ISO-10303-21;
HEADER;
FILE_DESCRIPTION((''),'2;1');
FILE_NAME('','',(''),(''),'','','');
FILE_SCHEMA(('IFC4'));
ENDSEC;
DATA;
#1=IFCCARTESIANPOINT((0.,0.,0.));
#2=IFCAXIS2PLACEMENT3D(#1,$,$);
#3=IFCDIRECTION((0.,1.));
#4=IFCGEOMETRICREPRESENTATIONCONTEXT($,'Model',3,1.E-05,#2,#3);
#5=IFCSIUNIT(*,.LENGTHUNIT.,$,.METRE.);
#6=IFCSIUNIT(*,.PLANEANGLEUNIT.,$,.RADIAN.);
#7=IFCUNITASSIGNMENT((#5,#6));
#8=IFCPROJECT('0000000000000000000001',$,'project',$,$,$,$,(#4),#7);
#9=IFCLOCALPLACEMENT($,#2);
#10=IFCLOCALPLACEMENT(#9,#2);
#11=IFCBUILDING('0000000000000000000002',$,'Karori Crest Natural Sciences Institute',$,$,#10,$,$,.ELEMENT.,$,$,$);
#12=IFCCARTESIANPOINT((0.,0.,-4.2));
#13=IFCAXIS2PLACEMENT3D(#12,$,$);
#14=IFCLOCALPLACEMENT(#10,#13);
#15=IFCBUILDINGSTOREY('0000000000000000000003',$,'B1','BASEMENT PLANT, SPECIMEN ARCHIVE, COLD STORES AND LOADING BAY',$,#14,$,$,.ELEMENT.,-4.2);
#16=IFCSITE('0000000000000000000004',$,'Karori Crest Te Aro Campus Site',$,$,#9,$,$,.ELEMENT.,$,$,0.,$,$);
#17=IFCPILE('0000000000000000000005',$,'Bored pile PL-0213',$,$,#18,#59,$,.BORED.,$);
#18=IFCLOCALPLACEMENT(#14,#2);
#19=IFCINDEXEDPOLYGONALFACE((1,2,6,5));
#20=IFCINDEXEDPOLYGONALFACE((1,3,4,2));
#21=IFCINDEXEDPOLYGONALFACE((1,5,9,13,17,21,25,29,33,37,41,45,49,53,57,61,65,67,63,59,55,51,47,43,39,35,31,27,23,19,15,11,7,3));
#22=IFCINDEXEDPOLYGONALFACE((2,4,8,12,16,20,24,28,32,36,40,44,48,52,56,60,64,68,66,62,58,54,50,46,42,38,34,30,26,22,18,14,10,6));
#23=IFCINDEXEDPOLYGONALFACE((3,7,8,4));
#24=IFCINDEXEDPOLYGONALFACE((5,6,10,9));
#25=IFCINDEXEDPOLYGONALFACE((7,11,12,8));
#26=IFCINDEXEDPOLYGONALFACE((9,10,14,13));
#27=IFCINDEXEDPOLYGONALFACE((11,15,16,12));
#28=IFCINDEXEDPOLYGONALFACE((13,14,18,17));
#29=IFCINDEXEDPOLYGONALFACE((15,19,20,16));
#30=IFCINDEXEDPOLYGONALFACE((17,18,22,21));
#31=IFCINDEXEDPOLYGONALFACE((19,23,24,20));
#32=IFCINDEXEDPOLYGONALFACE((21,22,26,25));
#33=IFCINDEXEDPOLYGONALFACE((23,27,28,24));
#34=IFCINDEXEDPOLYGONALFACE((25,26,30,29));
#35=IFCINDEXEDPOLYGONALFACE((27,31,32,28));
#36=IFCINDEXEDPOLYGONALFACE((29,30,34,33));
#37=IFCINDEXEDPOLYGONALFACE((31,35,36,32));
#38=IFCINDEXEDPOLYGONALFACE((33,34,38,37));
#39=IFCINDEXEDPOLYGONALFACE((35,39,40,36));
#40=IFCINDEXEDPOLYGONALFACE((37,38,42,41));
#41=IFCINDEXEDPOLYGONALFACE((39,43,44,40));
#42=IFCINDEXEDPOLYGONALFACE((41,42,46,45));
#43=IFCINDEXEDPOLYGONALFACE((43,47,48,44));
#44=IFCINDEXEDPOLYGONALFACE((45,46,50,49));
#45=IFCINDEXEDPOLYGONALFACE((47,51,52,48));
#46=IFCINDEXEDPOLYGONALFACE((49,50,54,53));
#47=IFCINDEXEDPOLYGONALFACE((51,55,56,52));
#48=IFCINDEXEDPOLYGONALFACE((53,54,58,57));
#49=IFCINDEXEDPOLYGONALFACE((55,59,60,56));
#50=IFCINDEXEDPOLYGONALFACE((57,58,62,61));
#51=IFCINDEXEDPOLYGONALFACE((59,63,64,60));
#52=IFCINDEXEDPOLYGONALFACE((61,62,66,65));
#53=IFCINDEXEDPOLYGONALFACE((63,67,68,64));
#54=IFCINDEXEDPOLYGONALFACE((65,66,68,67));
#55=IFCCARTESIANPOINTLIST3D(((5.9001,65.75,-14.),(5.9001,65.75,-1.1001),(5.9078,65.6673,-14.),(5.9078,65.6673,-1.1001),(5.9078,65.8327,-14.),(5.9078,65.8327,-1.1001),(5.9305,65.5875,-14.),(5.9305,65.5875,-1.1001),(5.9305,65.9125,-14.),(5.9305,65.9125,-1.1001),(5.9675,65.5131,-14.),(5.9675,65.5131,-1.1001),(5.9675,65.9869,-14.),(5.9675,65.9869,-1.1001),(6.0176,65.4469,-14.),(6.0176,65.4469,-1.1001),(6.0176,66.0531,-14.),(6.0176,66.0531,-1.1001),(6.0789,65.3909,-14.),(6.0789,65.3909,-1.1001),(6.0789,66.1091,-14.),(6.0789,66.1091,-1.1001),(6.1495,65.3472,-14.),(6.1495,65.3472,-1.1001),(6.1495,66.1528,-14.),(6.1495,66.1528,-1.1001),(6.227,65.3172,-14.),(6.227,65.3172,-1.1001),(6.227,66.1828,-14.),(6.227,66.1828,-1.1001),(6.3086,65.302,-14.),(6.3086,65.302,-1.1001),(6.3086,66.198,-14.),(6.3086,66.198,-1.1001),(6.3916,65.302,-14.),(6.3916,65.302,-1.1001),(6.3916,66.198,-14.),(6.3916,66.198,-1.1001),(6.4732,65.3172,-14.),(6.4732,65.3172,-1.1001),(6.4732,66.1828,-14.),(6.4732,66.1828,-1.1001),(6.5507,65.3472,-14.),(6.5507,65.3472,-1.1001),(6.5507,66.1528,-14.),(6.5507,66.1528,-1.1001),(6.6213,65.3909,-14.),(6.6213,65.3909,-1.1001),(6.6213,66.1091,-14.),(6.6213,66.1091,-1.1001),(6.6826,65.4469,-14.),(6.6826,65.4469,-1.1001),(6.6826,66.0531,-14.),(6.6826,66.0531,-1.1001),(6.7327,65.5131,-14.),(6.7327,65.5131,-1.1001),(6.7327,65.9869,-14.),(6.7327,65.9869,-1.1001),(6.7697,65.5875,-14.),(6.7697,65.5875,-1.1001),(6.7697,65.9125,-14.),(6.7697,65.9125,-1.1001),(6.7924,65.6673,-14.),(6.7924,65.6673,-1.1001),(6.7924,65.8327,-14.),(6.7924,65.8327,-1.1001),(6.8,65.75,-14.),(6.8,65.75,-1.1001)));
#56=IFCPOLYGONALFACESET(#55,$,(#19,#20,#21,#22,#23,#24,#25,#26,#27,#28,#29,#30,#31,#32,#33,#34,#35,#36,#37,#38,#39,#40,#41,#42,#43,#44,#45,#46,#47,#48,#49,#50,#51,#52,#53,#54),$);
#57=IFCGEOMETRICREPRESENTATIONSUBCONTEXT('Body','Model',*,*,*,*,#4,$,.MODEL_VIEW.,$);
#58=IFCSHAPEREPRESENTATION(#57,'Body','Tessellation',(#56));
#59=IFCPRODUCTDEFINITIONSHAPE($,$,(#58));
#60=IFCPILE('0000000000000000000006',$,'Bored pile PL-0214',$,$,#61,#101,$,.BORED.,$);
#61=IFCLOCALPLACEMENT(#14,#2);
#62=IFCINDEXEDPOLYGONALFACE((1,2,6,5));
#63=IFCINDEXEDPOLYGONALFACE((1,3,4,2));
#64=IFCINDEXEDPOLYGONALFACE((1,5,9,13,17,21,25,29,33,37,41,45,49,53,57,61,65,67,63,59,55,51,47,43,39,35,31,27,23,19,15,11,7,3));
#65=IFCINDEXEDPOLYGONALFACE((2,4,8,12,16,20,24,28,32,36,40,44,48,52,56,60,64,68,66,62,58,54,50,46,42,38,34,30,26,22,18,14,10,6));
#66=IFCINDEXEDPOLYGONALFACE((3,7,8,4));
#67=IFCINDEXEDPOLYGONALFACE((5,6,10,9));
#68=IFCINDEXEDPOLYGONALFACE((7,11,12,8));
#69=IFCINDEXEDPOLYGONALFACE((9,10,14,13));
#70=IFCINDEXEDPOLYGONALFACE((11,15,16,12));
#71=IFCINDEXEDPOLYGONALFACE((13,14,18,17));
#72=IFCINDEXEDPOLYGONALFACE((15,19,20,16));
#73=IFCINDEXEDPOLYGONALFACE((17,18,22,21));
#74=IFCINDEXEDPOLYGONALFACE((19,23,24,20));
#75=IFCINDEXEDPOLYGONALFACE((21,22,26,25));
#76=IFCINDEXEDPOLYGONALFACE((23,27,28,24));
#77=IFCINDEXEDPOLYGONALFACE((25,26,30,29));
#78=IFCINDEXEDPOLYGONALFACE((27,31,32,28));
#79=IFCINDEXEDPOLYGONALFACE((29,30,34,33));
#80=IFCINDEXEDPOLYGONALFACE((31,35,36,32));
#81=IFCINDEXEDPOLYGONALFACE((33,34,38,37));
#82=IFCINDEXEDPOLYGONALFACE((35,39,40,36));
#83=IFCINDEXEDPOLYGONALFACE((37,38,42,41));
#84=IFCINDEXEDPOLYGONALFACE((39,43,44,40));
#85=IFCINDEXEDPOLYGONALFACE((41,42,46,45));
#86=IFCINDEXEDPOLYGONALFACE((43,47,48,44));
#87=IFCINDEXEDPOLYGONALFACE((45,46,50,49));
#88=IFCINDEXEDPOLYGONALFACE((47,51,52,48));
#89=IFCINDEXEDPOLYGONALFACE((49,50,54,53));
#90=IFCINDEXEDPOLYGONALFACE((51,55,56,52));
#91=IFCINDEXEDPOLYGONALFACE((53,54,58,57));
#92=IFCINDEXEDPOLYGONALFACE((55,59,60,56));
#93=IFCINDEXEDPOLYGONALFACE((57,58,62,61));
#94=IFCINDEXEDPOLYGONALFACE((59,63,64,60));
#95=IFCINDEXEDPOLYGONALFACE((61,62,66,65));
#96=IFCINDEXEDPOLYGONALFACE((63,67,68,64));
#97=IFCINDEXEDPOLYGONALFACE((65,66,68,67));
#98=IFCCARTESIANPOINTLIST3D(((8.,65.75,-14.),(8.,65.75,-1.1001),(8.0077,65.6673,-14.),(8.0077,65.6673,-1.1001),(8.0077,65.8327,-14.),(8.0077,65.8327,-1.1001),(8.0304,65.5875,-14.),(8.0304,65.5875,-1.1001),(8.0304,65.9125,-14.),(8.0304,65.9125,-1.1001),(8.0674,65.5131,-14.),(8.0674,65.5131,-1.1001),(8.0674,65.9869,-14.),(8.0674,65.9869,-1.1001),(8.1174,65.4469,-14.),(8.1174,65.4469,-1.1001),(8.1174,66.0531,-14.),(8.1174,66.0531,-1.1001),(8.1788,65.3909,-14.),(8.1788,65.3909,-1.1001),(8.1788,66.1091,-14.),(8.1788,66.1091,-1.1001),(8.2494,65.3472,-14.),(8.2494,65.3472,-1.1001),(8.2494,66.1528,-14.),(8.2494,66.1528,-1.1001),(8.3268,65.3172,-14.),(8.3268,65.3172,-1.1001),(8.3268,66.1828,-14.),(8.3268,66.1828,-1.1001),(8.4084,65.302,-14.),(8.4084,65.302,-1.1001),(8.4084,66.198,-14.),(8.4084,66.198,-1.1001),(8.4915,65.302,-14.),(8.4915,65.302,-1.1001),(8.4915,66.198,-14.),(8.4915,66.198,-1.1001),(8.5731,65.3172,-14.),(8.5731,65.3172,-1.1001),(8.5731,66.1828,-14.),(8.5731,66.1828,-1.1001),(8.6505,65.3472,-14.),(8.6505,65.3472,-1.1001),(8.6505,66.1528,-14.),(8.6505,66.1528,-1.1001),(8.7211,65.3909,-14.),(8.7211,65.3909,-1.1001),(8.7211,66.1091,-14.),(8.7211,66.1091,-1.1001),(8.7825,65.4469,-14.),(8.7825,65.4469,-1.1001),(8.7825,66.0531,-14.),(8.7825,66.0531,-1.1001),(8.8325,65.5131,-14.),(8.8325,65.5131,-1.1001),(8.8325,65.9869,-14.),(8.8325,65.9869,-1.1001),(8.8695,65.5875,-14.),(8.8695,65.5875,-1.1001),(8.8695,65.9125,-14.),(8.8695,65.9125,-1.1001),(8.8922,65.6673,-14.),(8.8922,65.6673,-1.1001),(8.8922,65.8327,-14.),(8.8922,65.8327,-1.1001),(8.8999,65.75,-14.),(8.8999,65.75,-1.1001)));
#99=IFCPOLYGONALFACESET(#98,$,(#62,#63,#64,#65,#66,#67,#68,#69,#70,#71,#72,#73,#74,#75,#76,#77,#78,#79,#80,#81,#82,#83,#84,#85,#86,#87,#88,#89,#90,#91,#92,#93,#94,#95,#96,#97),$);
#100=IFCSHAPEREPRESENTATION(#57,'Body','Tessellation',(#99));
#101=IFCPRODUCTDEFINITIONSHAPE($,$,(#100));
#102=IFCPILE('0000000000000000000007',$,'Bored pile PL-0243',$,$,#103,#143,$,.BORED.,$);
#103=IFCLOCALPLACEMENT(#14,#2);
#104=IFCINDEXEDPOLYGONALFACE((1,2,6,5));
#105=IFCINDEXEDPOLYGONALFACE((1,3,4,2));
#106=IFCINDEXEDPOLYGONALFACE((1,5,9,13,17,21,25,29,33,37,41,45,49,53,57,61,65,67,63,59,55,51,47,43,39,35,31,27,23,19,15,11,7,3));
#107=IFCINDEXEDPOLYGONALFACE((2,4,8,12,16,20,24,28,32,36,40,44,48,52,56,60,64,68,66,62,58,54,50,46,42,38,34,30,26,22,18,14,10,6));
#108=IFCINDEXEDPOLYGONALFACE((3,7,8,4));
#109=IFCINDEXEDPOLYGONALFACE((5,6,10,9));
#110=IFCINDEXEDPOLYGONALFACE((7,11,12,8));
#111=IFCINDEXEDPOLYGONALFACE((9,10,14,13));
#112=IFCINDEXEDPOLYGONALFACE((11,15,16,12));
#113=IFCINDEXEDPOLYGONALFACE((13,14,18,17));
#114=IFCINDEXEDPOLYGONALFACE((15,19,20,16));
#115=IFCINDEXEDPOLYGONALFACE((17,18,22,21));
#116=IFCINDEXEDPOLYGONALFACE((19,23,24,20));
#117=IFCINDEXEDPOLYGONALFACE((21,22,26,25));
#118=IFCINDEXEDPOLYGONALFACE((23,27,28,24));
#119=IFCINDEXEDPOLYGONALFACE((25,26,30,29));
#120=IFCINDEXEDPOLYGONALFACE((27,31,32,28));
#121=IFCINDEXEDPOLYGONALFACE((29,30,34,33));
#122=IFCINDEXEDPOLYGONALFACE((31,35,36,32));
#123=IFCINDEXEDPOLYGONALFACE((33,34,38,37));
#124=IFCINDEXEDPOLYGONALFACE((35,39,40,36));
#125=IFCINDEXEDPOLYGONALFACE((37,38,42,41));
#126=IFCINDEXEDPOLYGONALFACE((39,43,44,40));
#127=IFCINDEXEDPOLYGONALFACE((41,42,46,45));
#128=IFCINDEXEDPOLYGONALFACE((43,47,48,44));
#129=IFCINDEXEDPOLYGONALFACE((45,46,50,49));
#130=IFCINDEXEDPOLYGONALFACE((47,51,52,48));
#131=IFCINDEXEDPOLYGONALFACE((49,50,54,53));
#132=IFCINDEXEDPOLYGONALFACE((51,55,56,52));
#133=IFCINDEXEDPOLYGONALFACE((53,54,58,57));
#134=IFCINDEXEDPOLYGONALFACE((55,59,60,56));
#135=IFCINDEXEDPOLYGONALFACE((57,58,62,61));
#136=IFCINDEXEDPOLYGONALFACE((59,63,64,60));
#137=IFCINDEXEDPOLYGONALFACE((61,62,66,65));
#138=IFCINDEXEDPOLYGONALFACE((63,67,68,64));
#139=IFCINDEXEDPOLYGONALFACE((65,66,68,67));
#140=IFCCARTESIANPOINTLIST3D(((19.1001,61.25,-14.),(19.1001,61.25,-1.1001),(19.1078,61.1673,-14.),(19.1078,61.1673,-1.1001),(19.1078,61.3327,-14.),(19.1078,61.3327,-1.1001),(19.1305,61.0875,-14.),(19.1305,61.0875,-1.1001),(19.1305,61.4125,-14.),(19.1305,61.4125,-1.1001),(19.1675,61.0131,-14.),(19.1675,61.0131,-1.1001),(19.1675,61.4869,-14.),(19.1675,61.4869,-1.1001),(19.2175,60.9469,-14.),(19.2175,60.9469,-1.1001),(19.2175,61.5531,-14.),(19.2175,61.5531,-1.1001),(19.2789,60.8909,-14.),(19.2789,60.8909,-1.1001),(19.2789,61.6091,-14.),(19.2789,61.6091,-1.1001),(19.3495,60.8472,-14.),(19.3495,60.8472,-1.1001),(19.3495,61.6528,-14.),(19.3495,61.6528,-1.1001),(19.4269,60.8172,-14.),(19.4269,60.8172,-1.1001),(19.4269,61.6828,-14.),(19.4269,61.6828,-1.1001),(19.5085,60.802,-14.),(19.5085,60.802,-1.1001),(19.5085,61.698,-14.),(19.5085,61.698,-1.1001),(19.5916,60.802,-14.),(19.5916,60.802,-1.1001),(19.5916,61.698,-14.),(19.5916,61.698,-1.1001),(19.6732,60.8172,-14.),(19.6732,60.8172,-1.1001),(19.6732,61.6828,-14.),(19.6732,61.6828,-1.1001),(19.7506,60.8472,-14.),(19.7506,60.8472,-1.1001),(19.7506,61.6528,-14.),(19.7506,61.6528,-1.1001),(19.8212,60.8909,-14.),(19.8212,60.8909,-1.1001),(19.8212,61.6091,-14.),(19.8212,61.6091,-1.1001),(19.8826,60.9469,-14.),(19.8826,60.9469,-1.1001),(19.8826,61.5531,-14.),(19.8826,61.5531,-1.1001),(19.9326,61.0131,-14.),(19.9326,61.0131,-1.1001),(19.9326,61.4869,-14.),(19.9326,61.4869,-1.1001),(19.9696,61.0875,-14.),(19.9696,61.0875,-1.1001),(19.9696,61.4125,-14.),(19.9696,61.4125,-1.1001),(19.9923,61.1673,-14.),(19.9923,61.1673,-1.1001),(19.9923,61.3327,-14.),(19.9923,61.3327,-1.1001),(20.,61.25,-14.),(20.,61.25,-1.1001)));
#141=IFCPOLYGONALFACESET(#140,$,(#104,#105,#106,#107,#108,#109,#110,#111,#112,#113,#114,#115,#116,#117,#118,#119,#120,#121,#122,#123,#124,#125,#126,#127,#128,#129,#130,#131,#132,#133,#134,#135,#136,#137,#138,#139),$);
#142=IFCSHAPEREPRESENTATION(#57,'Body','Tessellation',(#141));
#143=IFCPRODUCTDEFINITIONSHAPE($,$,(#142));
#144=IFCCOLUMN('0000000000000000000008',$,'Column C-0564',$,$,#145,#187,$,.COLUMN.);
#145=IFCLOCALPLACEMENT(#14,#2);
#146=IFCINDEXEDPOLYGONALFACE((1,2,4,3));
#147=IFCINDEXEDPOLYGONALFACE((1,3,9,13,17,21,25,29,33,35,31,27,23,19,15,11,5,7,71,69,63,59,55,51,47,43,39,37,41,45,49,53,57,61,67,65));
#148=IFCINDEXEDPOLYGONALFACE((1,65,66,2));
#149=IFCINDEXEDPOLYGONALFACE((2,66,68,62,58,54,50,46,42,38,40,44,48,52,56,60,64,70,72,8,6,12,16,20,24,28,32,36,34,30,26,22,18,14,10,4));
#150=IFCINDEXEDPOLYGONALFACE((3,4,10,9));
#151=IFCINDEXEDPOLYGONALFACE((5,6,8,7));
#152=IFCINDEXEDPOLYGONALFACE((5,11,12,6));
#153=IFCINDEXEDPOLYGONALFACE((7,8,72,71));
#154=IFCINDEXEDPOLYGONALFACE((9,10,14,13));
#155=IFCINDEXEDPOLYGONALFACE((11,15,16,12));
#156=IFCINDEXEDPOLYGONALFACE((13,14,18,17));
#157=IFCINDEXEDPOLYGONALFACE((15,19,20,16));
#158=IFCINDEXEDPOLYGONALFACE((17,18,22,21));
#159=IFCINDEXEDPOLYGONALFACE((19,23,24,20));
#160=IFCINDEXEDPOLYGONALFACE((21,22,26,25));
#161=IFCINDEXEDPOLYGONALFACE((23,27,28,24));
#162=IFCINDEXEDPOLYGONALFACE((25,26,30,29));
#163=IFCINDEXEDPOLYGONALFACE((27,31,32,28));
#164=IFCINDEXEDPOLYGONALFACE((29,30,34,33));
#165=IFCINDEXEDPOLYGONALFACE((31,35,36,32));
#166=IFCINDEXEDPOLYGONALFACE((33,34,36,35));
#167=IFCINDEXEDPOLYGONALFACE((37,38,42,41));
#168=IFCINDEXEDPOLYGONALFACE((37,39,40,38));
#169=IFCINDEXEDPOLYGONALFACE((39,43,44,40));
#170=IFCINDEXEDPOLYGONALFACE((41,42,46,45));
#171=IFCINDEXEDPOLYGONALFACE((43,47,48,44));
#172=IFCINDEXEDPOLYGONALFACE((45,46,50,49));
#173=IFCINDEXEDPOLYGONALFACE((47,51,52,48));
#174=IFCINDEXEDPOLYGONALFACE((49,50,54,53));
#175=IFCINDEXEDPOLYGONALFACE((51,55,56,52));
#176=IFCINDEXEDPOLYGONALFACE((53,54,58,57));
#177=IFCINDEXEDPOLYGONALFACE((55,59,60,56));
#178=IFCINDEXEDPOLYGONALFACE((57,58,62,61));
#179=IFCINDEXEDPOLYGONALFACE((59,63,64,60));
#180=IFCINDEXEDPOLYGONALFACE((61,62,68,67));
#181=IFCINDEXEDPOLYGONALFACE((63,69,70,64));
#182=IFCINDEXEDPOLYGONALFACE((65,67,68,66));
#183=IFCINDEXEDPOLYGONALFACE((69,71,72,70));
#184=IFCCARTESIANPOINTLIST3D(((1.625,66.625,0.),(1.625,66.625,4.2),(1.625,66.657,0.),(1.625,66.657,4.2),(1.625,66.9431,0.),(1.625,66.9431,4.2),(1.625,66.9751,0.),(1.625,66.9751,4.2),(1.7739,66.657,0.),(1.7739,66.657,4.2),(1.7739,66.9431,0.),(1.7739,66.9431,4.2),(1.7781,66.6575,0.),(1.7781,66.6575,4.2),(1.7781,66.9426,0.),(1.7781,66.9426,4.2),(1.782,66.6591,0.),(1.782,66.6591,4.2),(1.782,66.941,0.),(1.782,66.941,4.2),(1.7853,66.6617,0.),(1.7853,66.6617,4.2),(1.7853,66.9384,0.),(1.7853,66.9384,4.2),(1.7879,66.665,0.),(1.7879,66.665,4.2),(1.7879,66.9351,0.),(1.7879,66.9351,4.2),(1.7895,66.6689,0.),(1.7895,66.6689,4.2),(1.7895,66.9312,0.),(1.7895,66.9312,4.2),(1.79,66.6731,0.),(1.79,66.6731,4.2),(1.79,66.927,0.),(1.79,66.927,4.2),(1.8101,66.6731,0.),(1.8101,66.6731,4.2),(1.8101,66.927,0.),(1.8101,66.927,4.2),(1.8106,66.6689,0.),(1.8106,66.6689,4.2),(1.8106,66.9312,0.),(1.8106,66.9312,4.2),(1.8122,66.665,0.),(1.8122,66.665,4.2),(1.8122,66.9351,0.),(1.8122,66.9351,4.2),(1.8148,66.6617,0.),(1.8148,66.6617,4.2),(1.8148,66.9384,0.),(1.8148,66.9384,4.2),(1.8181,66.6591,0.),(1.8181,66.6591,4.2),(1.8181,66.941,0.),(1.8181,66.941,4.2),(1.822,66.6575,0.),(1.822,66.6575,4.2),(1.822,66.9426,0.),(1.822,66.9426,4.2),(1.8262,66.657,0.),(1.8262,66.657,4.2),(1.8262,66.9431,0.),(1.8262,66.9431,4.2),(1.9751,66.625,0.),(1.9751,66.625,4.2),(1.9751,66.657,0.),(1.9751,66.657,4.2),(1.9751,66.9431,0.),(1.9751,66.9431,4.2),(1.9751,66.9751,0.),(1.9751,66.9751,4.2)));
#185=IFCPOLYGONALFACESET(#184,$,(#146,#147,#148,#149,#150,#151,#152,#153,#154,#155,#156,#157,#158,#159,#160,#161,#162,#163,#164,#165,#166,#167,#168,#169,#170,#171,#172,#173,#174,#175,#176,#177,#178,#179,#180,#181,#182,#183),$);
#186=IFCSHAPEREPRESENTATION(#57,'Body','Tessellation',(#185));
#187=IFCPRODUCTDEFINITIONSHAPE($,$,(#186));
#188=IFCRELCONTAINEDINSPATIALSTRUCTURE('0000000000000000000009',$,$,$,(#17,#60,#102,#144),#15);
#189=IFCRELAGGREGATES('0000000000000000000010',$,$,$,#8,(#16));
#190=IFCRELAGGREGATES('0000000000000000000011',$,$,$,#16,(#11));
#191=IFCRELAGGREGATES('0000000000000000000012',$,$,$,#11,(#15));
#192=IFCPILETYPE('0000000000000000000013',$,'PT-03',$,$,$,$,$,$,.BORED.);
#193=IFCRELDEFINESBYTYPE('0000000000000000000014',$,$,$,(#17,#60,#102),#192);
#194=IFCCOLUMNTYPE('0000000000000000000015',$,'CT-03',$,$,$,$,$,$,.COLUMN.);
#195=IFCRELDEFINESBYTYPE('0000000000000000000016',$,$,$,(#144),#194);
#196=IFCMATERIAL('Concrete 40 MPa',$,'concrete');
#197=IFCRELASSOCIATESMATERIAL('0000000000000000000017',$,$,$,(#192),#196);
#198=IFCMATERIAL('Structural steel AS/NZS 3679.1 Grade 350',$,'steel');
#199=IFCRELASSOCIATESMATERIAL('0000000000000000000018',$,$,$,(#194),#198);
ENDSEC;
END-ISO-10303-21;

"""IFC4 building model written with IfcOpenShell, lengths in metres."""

from ifc_helpers import new_model, si_unit, direction, frame, origin, origin_2d, place, context, subcontext, project, spatial, circle, i_section, extrude, material, material_profile, profile_set, type_object, element, save


model = new_model("IFC4")

# Units and contexts
model_context = context("Model", 3, precision=1e-05, world=origin(), true_north=direction((0.0, 1.0)))
body_context = subcontext(model_context, "Body", "Model", "MODEL_VIEW")
ifc_project = project(units=[si_unit("LENGTHUNIT", "METRE"), si_unit("PLANEANGLEUNIT", "RADIAN")], contexts=[model_context])

# Site, building, storey
site_placement = place(None, origin())
site = spatial("IfcSite", under=ifc_project, at=site_placement, Name="Karori Crest Te Aro Campus Site", CompositionType="ELEMENT", RefElevation=0.0)
building_placement = place(site_placement, origin())
building = spatial("IfcBuilding", under=site, at=building_placement, Name="Karori Crest Natural Sciences Institute", CompositionType="ELEMENT")
storey_placement = place(building_placement, frame((0.0, 0.0, -4.2)))
storey = spatial("IfcBuildingStorey", under=building, at=storey_placement, Name="B1", Description="BASEMENT PLANT, SPECIMEN ARCHIVE, COLD STORES AND LOADING BAY", CompositionType="ELEMENT", Elevation=-4.2)

# Shared definitions
ifc_material_1 = material(Name="Concrete 40 MPa", Category="concrete")

# Piles
ifc_material_profile_1 = material_profile(ifc_material_1, circle(Radius=0.45, at=origin_2d()), Name="PILE900")
ifc_profile_set_1 = profile_set([ifc_material_profile_1], Name="Concrete 40 MPa")
pile_type = type_object("IfcPileType", Name="PT-03", PredefinedType="BORED", material=ifc_profile_set_1)
for number, where, z_axis, x_axis, name in (
    (1, (6.3501, 65.75, -1.1001), (0.0, 0.0, -1.0), (1.0, 0.0, 0.0), "Bored pile PL-0213"),
    (2, (8.45, 65.75, -1.1001), (0.0, 0.0, -1.0), (1.0, 0.0, 0.0), "Bored pile PL-0214"),
    (3, (19.55, 61.25, -1.1001), (0.0, 0.0, -1.0), (1.0, 0.0, 0.0), "Bored pile PL-0243"),
):
    element("IfcPile", number, at=place(storey_placement, frame(where, z_axis=z_axis, x_axis=x_axis)), inside=storey, type_object=pile_type, Name=name, PredefinedType="BORED", context=body_context, shape_type="SweptSolid", body=[
        extrude(circle(Radius=0.45, at=origin_2d()), origin(), (0.0, 0.0, 1.0), 12.8999),
    ])

# Column
ifc_material_2 = material(Name="Structural steel AS/NZS 3679.1 Grade 350", Category="steel")
ifc_material_profile_2 = material_profile(ifc_material_2, i_section(OverallWidth=0.3501, OverallDepth=0.3501, WebThickness=0.02, FlangeThickness=0.032, FilletRadius=0.0161, at=origin_2d()), Name="350WC280")
ifc_profile_set_2 = profile_set([ifc_material_profile_2], Name="Structural steel AS/NZS 3679.1 Grade 350")
column_type = type_object("IfcColumnType", Name="CT-03", PredefinedType="COLUMN", material=ifc_profile_set_2)
for number, where, z_axis, x_axis, name in (
    (4, (1.8, 66.8, 0.0), (0.0, 0.0, 1.0), (1.0, 0.0, 0.0), "Column C-0564"),
):
    element("IfcColumn", number, at=place(storey_placement, frame(where, z_axis=z_axis, x_axis=x_axis)), inside=storey, type_object=column_type, Name=name, PredefinedType="COLUMN", context=body_context, shape_type="SweptSolid", body=[
        extrude(i_section(OverallWidth=0.3501, OverallDepth=0.3501, WebThickness=0.02, FlangeThickness=0.032, FilletRadius=0.0161, at=origin_2d()), origin(), (0.0, 0.0, 1.0), 4.2),
    ])

save(model, "model.ifc")
